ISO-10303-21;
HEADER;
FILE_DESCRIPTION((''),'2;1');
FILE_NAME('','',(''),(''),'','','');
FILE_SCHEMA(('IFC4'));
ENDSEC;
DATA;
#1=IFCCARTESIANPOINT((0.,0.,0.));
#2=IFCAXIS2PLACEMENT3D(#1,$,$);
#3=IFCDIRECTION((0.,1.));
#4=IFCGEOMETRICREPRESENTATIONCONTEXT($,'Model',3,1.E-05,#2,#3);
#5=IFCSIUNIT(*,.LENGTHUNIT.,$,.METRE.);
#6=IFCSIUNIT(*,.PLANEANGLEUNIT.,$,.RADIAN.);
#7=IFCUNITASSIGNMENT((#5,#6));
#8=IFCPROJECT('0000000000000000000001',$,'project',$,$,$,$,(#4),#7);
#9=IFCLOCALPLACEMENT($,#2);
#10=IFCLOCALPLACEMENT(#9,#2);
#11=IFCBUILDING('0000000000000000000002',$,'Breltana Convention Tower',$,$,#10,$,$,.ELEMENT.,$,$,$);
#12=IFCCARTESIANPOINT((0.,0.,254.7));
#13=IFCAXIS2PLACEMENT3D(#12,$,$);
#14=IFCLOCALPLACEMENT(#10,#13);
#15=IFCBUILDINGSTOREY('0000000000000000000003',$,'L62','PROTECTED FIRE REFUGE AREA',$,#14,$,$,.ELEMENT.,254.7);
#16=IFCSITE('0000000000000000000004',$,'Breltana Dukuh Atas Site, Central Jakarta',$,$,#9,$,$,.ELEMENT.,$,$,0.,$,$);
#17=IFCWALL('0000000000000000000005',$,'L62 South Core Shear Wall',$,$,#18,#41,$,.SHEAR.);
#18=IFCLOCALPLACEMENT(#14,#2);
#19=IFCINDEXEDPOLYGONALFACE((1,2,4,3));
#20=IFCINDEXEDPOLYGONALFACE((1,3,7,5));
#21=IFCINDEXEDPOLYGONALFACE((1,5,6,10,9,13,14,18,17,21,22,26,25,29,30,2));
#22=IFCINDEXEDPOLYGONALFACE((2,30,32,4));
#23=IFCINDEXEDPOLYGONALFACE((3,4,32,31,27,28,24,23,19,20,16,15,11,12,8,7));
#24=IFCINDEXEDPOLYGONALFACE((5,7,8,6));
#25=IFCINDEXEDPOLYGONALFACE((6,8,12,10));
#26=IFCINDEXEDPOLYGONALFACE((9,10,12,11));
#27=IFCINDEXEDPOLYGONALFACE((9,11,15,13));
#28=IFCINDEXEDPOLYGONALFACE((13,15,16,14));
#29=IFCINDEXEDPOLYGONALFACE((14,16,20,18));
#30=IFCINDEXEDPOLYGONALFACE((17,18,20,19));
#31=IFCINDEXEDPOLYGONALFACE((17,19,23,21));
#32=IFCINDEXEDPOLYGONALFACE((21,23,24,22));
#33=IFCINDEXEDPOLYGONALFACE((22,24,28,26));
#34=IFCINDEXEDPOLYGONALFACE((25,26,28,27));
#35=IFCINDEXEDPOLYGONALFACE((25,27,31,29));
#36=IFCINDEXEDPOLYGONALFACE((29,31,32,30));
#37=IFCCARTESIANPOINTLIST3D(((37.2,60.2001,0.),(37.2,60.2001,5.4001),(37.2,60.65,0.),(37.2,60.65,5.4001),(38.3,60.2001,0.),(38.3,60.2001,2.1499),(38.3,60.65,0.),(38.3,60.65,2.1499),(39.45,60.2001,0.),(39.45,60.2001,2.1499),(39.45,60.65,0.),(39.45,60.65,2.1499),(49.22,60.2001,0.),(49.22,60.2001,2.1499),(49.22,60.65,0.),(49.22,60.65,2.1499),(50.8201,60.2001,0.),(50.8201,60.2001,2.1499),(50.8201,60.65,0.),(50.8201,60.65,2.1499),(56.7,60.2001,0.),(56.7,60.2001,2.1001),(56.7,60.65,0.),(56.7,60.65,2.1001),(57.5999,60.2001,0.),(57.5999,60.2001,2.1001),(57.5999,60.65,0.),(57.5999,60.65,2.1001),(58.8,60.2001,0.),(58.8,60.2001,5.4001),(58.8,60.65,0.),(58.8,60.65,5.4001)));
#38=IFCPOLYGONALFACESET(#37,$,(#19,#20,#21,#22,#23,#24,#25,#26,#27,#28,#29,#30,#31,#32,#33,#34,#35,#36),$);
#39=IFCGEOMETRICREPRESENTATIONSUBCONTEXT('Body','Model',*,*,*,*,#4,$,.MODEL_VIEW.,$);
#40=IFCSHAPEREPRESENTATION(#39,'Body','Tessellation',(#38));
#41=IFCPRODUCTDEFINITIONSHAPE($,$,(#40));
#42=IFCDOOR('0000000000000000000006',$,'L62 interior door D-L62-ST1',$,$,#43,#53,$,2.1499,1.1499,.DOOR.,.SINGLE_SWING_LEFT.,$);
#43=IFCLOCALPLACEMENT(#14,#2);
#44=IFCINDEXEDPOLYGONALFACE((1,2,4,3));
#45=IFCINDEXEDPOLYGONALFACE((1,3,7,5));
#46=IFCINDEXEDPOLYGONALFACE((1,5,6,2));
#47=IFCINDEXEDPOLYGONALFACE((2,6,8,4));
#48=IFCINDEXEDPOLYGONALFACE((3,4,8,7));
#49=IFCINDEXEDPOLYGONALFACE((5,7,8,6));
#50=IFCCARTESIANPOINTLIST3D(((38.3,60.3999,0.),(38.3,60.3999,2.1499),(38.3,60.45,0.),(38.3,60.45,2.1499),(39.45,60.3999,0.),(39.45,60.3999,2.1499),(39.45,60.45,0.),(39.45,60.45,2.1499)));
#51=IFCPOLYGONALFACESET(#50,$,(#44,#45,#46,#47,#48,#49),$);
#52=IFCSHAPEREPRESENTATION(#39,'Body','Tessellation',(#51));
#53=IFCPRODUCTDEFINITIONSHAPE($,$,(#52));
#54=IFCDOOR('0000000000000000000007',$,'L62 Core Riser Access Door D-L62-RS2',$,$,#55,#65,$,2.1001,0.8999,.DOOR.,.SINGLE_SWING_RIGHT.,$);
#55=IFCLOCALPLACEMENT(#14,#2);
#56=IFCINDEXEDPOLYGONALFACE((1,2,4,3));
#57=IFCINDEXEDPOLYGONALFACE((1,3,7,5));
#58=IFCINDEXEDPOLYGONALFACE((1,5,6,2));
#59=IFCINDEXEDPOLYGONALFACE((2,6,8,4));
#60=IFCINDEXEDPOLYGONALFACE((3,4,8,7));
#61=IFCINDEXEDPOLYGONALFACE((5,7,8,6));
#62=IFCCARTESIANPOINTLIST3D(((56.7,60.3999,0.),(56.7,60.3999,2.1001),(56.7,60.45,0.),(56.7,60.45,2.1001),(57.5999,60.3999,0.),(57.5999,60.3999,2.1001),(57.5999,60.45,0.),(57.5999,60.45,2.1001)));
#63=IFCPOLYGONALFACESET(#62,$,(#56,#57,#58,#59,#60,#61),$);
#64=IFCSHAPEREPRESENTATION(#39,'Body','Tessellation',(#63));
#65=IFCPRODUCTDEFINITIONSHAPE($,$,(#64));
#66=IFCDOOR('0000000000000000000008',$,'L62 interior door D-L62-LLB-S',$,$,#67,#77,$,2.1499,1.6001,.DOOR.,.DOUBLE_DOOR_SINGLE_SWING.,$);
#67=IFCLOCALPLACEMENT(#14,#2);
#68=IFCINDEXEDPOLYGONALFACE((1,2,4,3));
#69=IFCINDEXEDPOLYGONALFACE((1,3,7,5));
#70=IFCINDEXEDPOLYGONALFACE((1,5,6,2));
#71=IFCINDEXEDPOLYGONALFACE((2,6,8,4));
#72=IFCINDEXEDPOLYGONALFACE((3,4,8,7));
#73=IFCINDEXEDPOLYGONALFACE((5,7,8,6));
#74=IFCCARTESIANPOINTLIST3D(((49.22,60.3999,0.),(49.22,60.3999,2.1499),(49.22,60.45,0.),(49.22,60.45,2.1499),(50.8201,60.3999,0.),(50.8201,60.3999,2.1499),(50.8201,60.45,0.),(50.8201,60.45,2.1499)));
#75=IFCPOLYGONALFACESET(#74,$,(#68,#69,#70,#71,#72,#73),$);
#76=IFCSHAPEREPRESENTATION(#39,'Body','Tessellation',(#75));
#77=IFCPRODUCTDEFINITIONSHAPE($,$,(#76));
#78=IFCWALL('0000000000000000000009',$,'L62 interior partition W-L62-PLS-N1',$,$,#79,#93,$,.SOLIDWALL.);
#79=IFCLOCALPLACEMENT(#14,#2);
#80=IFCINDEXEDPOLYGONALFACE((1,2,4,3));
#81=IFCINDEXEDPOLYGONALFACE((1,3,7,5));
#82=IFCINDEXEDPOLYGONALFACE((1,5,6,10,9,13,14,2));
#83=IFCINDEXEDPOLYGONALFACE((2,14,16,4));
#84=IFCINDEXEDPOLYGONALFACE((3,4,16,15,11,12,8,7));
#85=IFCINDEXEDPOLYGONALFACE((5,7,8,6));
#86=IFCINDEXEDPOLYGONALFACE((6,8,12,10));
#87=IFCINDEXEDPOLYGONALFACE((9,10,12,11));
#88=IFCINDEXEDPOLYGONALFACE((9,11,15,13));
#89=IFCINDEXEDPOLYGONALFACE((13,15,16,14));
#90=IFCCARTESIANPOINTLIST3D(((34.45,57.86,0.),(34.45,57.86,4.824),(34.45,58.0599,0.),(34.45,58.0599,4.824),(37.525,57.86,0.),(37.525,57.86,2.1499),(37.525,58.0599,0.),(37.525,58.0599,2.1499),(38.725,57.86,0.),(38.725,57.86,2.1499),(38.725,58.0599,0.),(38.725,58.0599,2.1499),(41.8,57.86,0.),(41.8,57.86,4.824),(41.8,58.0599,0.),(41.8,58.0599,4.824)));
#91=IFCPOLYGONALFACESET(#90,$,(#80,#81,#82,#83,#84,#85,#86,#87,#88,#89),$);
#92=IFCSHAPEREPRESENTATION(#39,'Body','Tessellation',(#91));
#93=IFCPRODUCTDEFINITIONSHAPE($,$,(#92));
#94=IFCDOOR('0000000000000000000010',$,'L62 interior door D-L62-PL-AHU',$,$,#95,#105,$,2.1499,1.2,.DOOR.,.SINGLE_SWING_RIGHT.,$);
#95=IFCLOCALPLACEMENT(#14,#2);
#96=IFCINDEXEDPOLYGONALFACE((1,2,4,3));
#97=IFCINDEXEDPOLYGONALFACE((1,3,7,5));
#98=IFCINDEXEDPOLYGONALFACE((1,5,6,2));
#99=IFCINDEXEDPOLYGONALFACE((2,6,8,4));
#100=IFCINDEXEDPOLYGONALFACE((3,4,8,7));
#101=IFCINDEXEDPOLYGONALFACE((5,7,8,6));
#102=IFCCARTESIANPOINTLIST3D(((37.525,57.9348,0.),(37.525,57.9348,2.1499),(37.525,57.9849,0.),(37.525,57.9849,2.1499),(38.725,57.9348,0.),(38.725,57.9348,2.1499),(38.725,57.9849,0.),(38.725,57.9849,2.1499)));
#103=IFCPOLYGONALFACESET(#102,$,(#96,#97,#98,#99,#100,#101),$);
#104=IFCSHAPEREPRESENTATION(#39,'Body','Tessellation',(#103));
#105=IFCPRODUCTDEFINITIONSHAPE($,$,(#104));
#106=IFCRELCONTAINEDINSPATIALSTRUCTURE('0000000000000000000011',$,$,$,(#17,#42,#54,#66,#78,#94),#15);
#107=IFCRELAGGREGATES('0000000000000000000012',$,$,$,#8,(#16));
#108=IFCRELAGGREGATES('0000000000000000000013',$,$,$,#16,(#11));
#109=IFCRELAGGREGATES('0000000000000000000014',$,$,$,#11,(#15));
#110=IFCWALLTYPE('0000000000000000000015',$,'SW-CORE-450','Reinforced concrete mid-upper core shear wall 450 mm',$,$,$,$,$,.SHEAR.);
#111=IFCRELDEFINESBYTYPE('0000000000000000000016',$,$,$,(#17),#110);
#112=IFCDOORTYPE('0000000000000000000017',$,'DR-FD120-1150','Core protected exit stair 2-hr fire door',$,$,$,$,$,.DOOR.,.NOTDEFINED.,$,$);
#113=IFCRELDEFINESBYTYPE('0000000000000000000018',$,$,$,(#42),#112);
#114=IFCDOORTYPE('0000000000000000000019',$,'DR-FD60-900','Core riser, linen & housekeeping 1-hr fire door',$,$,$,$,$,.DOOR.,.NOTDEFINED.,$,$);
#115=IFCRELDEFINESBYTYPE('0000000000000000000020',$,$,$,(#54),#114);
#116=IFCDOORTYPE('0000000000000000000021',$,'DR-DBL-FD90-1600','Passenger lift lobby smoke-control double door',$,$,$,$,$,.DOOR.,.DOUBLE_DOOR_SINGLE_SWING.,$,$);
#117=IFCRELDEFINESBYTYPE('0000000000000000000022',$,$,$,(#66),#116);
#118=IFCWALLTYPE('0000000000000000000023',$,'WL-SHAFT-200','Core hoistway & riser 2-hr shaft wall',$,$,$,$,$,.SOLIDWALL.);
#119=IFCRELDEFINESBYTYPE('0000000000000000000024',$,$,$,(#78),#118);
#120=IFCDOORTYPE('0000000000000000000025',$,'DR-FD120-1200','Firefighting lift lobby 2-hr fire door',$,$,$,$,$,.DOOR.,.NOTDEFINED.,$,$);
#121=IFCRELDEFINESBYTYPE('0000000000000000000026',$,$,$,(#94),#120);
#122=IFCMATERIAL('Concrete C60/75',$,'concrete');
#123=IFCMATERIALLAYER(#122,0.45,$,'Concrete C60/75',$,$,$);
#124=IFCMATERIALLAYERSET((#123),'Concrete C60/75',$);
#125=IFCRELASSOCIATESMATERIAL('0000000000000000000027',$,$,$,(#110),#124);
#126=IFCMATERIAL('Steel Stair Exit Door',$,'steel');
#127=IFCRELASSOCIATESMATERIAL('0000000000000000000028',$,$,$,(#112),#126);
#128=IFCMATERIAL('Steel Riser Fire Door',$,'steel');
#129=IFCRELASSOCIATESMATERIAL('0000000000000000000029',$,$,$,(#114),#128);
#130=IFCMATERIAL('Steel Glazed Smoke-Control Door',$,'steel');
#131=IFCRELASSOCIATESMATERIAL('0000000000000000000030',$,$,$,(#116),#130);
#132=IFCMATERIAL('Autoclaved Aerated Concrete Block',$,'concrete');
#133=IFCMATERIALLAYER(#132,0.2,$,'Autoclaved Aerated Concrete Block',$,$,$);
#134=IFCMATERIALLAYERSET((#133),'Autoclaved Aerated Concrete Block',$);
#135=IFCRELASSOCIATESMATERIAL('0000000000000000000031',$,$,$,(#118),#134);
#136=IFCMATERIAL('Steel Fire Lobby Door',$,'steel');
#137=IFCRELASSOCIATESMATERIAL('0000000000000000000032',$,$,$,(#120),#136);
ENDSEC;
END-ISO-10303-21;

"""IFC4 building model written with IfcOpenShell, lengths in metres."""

from ifc_helpers import new_model, si_unit, direction, frame, frame_2d, origin, place, context, subcontext, project, spatial, rectangle, extrude, source, transform, mapped, material, layer, layer_set, type_object, type_shapes, element, fill, save


model = new_model("IFC4")

# Units and contexts
model_context = context("Model", 3, precision=1e-05, world=origin(), true_north=direction((0.0, 1.0)))
body_context = subcontext(model_context, "Body", "Model", "MODEL_VIEW")
ifc_project = project(units=[si_unit("LENGTHUNIT", "METRE"), si_unit("PLANEANGLEUNIT", "RADIAN")], contexts=[model_context])

# Site, building, storey
site_placement = place(None, origin())
site = spatial("IfcSite", under=ifc_project, at=site_placement, Name="Breltana Dukuh Atas Site, Central Jakarta", CompositionType="ELEMENT", RefElevation=0.0)
building_placement = place(site_placement, origin())
building = spatial("IfcBuilding", under=site, at=building_placement, Name="Breltana Convention Tower", CompositionType="ELEMENT")
storey_placement = place(building_placement, frame((0.0, 0.0, 254.7)))
storey = spatial("IfcBuildingStorey", under=building, at=storey_placement, Name="L62", Description="PROTECTED FIRE REFUGE AREA", CompositionType="ELEMENT", Elevation=254.7)

# Shared definitions
ifc_material_1 = material(Name="Concrete C60/75", Category="concrete")
ifc_layer_1 = layer(ifc_material_1, 0.45, Name="Concrete C60/75")
ifc_layer_set_1 = layer_set([ifc_layer_1], Name="Concrete C60/75")
wall_type_1 = type_object("IfcWallType", Name="SW-CORE-450", Description="Reinforced concrete mid-upper core shear wall 450 mm", PredefinedType="SHEAR", material=ifc_layer_set_1)

# Wall, openings, doors
shared_shape_1 = source(origin(), body_context, "Body", "SweptSolid", [
    extrude(rectangle(XDim=21.6001, YDim=0.45, at=frame_2d((10.8, 0.0))), origin(), (0.0, 0.0, 1.0), 5.4001),
])
wall_1_placement = place(storey_placement, frame((37.2, 60.425, 0.0), z_axis=(0.0, 0.0, 1.0), x_axis=(1.0, 0.0, 0.0)))
wall_1 = element("IfcWall", 1, at=wall_1_placement, inside=storey, type_object=wall_type_1, Name="L62 South Core Shear Wall", PredefinedType="SHEAR", context=body_context, shape_type="MappedRepresentation", body=[
    mapped(shared_shape_1, transform((0.0, 0.0, 0.0), scale=1.0)),
])
opening_1_placement = place(wall_1_placement, frame((1.1001, 0.0, 0.0)))
opening_1 = element("IfcOpeningElement", 2, at=opening_1_placement, cuts=wall_1, PredefinedType="OPENING", context=body_context, shape_type="SweptSolid", body=[
    extrude(rectangle(XDim=1.1499, YDim=2.1499, at=frame_2d((0.575, 1.075))), frame((0.0, 0.2349, 0.0), z_axis=(0.0, -1.0, 0.0), x_axis=(1.0, 0.0, 0.0)), (0.0, 0.0, 1.0), 0.47),
])
opening_2_placement = place(wall_1_placement, frame((19.5, 0.0, 0.0)))
opening_2 = element("IfcOpeningElement", 3, at=opening_2_placement, cuts=wall_1, PredefinedType="OPENING", context=body_context, shape_type="SweptSolid", body=[
    extrude(rectangle(XDim=0.8999, YDim=2.1001, at=frame_2d((0.45, 1.05))), frame((0.0, 0.2349, 0.0), z_axis=(0.0, -1.0, 0.0), x_axis=(1.0, 0.0, 0.0)), (0.0, 0.0, 1.0), 0.47),
])
opening_3_placement = place(wall_1_placement, frame((12.02, 0.0, 0.0)))
opening_3 = element("IfcOpeningElement", 4, at=opening_3_placement, cuts=wall_1, PredefinedType="OPENING", context=body_context, shape_type="SweptSolid", body=[
    extrude(rectangle(XDim=1.6001, YDim=2.1499, at=frame_2d((0.8, 1.075))), frame((0.0, 0.2349, 0.0), z_axis=(0.0, -1.0, 0.0), x_axis=(1.0, 0.0, 0.0)), (0.0, 0.0, 1.0), 0.47),
])
ifc_material_2 = material(Name="Steel Stair Exit Door", Category="steel")
door_type_1 = type_object("IfcDoorType", Name="DR-FD120-1150", Description="Core protected exit stair 2-hr fire door", OperationType="NOTDEFINED", PredefinedType="DOOR", material=ifc_material_2)
shared_shape_2 = source(origin(), body_context, "Body", "SweptSolid", [
    extrude(rectangle(XDim=1.1499, YDim=2.1499, at=frame_2d((0.575, 1.075))), frame((0.0, 0.0249, 0.0), z_axis=(0.0, -1.0, 0.0), x_axis=(1.0, 0.0, 0.0)), (0.0, 0.0, 1.0), 0.05),
])
type_shapes(door_type_1, [shared_shape_2])
door_1_placement = place(opening_1_placement, origin())
door_1 = element("IfcDoor", 5, at=door_1_placement, inside=storey, type_object=door_type_1, Name="L62 interior door D-L62-ST1", OperationType="SINGLE_SWING_LEFT", OverallHeight=2.1499, OverallWidth=1.1499, PredefinedType="DOOR", context=body_context, shape_type="MappedRepresentation", body=[
    mapped(shared_shape_2, transform((0.0, 0.0, 0.0), scale=1.0)),
])
fill(opening_1, door_1)
ifc_material_3 = material(Name="Steel Riser Fire Door", Category="steel")
door_type_2 = type_object("IfcDoorType", Name="DR-FD60-900", Description="Core riser, linen & housekeeping 1-hr fire door", OperationType="NOTDEFINED", PredefinedType="DOOR", material=ifc_material_3)
shared_shape_3 = source(origin(), body_context, "Body", "SweptSolid", [
    extrude(rectangle(XDim=0.8999, YDim=2.1001, at=frame_2d((0.45, 1.05))), frame((0.0, 0.0249, 0.0), z_axis=(0.0, -1.0, 0.0), x_axis=(1.0, 0.0, 0.0)), (0.0, 0.0, 1.0), 0.05),
])
type_shapes(door_type_2, [shared_shape_3])
door_2_placement = place(opening_2_placement, origin())
door_2 = element("IfcDoor", 6, at=door_2_placement, inside=storey, type_object=door_type_2, Name="L62 Core Riser Access Door D-L62-RS2", OperationType="SINGLE_SWING_RIGHT", OverallHeight=2.1001, OverallWidth=0.8999, PredefinedType="DOOR", context=body_context, shape_type="MappedRepresentation", body=[
    mapped(shared_shape_3, transform((0.0, 0.0, 0.0), scale=1.0)),
])
fill(opening_2, door_2)
ifc_material_4 = material(Name="Steel Glazed Smoke-Control Door", Category="steel")
door_type_3 = type_object("IfcDoorType", Name="DR-DBL-FD90-1600", Description="Passenger lift lobby smoke-control double door", OperationType="DOUBLE_DOOR_SINGLE_SWING", PredefinedType="DOOR", material=ifc_material_4)
shared_shape_4 = source(origin(), body_context, "Body", "SweptSolid", [
    extrude(rectangle(XDim=1.6001, YDim=2.1499, at=frame_2d((0.8, 1.075))), frame((0.0, 0.0249, 0.0), z_axis=(0.0, -1.0, 0.0), x_axis=(1.0, 0.0, 0.0)), (0.0, 0.0, 1.0), 0.05),
])
type_shapes(door_type_3, [shared_shape_4])
door_3_placement = place(opening_3_placement, origin())
door_3 = element("IfcDoor", 7, at=door_3_placement, inside=storey, type_object=door_type_3, Name="L62 interior door D-L62-LLB-S", OperationType="DOUBLE_DOOR_SINGLE_SWING", OverallHeight=2.1499, OverallWidth=1.6001, PredefinedType="DOOR", context=body_context, shape_type="MappedRepresentation", body=[
    mapped(shared_shape_4, transform((0.0, 0.0, 0.0), scale=1.0)),
])
fill(opening_3, door_3)

# Wall, opening, door
ifc_material_5 = material(Name="Autoclaved Aerated Concrete Block", Category="concrete")
ifc_layer_2 = layer(ifc_material_5, 0.2, Name="Autoclaved Aerated Concrete Block")
ifc_layer_set_2 = layer_set([ifc_layer_2], Name="Autoclaved Aerated Concrete Block")
wall_type_2 = type_object("IfcWallType", Name="WL-SHAFT-200", Description="Core hoistway & riser 2-hr shaft wall", PredefinedType="SOLIDWALL", material=ifc_layer_set_2)
shared_shape_5 = source(origin(), body_context, "Body", "SweptSolid", [
    extrude(rectangle(XDim=7.3501, YDim=0.2, at=frame_2d((3.675, 0.0))), origin(), (0.0, 0.0, 1.0), 4.824),
])
wall_2_placement = place(storey_placement, frame((34.45, 57.96, 0.0), z_axis=(0.0, 0.0, 1.0), x_axis=(1.0, 0.0, 0.0)))
wall_2 = element("IfcWall", 8, at=wall_2_placement, inside=storey, type_object=wall_type_2, Name="L62 interior partition W-L62-PLS-N1", PredefinedType="SOLIDWALL", context=body_context, shape_type="MappedRepresentation", body=[
    mapped(shared_shape_5, transform((0.0, 0.0, 0.0), scale=1.0)),
])
opening_4_placement = place(wall_2_placement, frame((3.075, 0.0, 0.0)))
opening_4 = element("IfcOpeningElement", 9, at=opening_4_placement, cuts=wall_2, PredefinedType="OPENING", context=body_context, shape_type="SweptSolid", body=[
    extrude(rectangle(XDim=1.2, YDim=2.1499, at=frame_2d((0.6001, 1.075))), frame((0.0, 0.1099, 0.0), z_axis=(0.0, -1.0, 0.0), x_axis=(1.0, 0.0, 0.0)), (0.0, 0.0, 1.0), 0.22),
])
ifc_material_6 = material(Name="Steel Fire Lobby Door", Category="steel")
door_type_4 = type_object("IfcDoorType", Name="DR-FD120-1200", Description="Firefighting lift lobby 2-hr fire door", OperationType="NOTDEFINED", PredefinedType="DOOR", material=ifc_material_6)
shared_shape_6 = source(origin(), body_context, "Body", "SweptSolid", [
    extrude(rectangle(XDim=1.2, YDim=2.1499, at=frame_2d((0.6001, 1.075))), frame((0.0, 0.0249, 0.0), z_axis=(0.0, -1.0, 0.0), x_axis=(1.0, 0.0, 0.0)), (0.0, 0.0, 1.0), 0.05),
])
type_shapes(door_type_4, [shared_shape_6])
door_4_placement = place(opening_4_placement, origin())
door_4 = element("IfcDoor", 10, at=door_4_placement, inside=storey, type_object=door_type_4, Name="L62 interior door D-L62-PL-AHU", OperationType="SINGLE_SWING_RIGHT", OverallHeight=2.1499, OverallWidth=1.2, PredefinedType="DOOR", context=body_context, shape_type="MappedRepresentation", body=[
    mapped(shared_shape_6, transform((0.0, 0.0, 0.0), scale=1.0)),
])
fill(opening_4, door_4)

save(model, "model.ifc")
